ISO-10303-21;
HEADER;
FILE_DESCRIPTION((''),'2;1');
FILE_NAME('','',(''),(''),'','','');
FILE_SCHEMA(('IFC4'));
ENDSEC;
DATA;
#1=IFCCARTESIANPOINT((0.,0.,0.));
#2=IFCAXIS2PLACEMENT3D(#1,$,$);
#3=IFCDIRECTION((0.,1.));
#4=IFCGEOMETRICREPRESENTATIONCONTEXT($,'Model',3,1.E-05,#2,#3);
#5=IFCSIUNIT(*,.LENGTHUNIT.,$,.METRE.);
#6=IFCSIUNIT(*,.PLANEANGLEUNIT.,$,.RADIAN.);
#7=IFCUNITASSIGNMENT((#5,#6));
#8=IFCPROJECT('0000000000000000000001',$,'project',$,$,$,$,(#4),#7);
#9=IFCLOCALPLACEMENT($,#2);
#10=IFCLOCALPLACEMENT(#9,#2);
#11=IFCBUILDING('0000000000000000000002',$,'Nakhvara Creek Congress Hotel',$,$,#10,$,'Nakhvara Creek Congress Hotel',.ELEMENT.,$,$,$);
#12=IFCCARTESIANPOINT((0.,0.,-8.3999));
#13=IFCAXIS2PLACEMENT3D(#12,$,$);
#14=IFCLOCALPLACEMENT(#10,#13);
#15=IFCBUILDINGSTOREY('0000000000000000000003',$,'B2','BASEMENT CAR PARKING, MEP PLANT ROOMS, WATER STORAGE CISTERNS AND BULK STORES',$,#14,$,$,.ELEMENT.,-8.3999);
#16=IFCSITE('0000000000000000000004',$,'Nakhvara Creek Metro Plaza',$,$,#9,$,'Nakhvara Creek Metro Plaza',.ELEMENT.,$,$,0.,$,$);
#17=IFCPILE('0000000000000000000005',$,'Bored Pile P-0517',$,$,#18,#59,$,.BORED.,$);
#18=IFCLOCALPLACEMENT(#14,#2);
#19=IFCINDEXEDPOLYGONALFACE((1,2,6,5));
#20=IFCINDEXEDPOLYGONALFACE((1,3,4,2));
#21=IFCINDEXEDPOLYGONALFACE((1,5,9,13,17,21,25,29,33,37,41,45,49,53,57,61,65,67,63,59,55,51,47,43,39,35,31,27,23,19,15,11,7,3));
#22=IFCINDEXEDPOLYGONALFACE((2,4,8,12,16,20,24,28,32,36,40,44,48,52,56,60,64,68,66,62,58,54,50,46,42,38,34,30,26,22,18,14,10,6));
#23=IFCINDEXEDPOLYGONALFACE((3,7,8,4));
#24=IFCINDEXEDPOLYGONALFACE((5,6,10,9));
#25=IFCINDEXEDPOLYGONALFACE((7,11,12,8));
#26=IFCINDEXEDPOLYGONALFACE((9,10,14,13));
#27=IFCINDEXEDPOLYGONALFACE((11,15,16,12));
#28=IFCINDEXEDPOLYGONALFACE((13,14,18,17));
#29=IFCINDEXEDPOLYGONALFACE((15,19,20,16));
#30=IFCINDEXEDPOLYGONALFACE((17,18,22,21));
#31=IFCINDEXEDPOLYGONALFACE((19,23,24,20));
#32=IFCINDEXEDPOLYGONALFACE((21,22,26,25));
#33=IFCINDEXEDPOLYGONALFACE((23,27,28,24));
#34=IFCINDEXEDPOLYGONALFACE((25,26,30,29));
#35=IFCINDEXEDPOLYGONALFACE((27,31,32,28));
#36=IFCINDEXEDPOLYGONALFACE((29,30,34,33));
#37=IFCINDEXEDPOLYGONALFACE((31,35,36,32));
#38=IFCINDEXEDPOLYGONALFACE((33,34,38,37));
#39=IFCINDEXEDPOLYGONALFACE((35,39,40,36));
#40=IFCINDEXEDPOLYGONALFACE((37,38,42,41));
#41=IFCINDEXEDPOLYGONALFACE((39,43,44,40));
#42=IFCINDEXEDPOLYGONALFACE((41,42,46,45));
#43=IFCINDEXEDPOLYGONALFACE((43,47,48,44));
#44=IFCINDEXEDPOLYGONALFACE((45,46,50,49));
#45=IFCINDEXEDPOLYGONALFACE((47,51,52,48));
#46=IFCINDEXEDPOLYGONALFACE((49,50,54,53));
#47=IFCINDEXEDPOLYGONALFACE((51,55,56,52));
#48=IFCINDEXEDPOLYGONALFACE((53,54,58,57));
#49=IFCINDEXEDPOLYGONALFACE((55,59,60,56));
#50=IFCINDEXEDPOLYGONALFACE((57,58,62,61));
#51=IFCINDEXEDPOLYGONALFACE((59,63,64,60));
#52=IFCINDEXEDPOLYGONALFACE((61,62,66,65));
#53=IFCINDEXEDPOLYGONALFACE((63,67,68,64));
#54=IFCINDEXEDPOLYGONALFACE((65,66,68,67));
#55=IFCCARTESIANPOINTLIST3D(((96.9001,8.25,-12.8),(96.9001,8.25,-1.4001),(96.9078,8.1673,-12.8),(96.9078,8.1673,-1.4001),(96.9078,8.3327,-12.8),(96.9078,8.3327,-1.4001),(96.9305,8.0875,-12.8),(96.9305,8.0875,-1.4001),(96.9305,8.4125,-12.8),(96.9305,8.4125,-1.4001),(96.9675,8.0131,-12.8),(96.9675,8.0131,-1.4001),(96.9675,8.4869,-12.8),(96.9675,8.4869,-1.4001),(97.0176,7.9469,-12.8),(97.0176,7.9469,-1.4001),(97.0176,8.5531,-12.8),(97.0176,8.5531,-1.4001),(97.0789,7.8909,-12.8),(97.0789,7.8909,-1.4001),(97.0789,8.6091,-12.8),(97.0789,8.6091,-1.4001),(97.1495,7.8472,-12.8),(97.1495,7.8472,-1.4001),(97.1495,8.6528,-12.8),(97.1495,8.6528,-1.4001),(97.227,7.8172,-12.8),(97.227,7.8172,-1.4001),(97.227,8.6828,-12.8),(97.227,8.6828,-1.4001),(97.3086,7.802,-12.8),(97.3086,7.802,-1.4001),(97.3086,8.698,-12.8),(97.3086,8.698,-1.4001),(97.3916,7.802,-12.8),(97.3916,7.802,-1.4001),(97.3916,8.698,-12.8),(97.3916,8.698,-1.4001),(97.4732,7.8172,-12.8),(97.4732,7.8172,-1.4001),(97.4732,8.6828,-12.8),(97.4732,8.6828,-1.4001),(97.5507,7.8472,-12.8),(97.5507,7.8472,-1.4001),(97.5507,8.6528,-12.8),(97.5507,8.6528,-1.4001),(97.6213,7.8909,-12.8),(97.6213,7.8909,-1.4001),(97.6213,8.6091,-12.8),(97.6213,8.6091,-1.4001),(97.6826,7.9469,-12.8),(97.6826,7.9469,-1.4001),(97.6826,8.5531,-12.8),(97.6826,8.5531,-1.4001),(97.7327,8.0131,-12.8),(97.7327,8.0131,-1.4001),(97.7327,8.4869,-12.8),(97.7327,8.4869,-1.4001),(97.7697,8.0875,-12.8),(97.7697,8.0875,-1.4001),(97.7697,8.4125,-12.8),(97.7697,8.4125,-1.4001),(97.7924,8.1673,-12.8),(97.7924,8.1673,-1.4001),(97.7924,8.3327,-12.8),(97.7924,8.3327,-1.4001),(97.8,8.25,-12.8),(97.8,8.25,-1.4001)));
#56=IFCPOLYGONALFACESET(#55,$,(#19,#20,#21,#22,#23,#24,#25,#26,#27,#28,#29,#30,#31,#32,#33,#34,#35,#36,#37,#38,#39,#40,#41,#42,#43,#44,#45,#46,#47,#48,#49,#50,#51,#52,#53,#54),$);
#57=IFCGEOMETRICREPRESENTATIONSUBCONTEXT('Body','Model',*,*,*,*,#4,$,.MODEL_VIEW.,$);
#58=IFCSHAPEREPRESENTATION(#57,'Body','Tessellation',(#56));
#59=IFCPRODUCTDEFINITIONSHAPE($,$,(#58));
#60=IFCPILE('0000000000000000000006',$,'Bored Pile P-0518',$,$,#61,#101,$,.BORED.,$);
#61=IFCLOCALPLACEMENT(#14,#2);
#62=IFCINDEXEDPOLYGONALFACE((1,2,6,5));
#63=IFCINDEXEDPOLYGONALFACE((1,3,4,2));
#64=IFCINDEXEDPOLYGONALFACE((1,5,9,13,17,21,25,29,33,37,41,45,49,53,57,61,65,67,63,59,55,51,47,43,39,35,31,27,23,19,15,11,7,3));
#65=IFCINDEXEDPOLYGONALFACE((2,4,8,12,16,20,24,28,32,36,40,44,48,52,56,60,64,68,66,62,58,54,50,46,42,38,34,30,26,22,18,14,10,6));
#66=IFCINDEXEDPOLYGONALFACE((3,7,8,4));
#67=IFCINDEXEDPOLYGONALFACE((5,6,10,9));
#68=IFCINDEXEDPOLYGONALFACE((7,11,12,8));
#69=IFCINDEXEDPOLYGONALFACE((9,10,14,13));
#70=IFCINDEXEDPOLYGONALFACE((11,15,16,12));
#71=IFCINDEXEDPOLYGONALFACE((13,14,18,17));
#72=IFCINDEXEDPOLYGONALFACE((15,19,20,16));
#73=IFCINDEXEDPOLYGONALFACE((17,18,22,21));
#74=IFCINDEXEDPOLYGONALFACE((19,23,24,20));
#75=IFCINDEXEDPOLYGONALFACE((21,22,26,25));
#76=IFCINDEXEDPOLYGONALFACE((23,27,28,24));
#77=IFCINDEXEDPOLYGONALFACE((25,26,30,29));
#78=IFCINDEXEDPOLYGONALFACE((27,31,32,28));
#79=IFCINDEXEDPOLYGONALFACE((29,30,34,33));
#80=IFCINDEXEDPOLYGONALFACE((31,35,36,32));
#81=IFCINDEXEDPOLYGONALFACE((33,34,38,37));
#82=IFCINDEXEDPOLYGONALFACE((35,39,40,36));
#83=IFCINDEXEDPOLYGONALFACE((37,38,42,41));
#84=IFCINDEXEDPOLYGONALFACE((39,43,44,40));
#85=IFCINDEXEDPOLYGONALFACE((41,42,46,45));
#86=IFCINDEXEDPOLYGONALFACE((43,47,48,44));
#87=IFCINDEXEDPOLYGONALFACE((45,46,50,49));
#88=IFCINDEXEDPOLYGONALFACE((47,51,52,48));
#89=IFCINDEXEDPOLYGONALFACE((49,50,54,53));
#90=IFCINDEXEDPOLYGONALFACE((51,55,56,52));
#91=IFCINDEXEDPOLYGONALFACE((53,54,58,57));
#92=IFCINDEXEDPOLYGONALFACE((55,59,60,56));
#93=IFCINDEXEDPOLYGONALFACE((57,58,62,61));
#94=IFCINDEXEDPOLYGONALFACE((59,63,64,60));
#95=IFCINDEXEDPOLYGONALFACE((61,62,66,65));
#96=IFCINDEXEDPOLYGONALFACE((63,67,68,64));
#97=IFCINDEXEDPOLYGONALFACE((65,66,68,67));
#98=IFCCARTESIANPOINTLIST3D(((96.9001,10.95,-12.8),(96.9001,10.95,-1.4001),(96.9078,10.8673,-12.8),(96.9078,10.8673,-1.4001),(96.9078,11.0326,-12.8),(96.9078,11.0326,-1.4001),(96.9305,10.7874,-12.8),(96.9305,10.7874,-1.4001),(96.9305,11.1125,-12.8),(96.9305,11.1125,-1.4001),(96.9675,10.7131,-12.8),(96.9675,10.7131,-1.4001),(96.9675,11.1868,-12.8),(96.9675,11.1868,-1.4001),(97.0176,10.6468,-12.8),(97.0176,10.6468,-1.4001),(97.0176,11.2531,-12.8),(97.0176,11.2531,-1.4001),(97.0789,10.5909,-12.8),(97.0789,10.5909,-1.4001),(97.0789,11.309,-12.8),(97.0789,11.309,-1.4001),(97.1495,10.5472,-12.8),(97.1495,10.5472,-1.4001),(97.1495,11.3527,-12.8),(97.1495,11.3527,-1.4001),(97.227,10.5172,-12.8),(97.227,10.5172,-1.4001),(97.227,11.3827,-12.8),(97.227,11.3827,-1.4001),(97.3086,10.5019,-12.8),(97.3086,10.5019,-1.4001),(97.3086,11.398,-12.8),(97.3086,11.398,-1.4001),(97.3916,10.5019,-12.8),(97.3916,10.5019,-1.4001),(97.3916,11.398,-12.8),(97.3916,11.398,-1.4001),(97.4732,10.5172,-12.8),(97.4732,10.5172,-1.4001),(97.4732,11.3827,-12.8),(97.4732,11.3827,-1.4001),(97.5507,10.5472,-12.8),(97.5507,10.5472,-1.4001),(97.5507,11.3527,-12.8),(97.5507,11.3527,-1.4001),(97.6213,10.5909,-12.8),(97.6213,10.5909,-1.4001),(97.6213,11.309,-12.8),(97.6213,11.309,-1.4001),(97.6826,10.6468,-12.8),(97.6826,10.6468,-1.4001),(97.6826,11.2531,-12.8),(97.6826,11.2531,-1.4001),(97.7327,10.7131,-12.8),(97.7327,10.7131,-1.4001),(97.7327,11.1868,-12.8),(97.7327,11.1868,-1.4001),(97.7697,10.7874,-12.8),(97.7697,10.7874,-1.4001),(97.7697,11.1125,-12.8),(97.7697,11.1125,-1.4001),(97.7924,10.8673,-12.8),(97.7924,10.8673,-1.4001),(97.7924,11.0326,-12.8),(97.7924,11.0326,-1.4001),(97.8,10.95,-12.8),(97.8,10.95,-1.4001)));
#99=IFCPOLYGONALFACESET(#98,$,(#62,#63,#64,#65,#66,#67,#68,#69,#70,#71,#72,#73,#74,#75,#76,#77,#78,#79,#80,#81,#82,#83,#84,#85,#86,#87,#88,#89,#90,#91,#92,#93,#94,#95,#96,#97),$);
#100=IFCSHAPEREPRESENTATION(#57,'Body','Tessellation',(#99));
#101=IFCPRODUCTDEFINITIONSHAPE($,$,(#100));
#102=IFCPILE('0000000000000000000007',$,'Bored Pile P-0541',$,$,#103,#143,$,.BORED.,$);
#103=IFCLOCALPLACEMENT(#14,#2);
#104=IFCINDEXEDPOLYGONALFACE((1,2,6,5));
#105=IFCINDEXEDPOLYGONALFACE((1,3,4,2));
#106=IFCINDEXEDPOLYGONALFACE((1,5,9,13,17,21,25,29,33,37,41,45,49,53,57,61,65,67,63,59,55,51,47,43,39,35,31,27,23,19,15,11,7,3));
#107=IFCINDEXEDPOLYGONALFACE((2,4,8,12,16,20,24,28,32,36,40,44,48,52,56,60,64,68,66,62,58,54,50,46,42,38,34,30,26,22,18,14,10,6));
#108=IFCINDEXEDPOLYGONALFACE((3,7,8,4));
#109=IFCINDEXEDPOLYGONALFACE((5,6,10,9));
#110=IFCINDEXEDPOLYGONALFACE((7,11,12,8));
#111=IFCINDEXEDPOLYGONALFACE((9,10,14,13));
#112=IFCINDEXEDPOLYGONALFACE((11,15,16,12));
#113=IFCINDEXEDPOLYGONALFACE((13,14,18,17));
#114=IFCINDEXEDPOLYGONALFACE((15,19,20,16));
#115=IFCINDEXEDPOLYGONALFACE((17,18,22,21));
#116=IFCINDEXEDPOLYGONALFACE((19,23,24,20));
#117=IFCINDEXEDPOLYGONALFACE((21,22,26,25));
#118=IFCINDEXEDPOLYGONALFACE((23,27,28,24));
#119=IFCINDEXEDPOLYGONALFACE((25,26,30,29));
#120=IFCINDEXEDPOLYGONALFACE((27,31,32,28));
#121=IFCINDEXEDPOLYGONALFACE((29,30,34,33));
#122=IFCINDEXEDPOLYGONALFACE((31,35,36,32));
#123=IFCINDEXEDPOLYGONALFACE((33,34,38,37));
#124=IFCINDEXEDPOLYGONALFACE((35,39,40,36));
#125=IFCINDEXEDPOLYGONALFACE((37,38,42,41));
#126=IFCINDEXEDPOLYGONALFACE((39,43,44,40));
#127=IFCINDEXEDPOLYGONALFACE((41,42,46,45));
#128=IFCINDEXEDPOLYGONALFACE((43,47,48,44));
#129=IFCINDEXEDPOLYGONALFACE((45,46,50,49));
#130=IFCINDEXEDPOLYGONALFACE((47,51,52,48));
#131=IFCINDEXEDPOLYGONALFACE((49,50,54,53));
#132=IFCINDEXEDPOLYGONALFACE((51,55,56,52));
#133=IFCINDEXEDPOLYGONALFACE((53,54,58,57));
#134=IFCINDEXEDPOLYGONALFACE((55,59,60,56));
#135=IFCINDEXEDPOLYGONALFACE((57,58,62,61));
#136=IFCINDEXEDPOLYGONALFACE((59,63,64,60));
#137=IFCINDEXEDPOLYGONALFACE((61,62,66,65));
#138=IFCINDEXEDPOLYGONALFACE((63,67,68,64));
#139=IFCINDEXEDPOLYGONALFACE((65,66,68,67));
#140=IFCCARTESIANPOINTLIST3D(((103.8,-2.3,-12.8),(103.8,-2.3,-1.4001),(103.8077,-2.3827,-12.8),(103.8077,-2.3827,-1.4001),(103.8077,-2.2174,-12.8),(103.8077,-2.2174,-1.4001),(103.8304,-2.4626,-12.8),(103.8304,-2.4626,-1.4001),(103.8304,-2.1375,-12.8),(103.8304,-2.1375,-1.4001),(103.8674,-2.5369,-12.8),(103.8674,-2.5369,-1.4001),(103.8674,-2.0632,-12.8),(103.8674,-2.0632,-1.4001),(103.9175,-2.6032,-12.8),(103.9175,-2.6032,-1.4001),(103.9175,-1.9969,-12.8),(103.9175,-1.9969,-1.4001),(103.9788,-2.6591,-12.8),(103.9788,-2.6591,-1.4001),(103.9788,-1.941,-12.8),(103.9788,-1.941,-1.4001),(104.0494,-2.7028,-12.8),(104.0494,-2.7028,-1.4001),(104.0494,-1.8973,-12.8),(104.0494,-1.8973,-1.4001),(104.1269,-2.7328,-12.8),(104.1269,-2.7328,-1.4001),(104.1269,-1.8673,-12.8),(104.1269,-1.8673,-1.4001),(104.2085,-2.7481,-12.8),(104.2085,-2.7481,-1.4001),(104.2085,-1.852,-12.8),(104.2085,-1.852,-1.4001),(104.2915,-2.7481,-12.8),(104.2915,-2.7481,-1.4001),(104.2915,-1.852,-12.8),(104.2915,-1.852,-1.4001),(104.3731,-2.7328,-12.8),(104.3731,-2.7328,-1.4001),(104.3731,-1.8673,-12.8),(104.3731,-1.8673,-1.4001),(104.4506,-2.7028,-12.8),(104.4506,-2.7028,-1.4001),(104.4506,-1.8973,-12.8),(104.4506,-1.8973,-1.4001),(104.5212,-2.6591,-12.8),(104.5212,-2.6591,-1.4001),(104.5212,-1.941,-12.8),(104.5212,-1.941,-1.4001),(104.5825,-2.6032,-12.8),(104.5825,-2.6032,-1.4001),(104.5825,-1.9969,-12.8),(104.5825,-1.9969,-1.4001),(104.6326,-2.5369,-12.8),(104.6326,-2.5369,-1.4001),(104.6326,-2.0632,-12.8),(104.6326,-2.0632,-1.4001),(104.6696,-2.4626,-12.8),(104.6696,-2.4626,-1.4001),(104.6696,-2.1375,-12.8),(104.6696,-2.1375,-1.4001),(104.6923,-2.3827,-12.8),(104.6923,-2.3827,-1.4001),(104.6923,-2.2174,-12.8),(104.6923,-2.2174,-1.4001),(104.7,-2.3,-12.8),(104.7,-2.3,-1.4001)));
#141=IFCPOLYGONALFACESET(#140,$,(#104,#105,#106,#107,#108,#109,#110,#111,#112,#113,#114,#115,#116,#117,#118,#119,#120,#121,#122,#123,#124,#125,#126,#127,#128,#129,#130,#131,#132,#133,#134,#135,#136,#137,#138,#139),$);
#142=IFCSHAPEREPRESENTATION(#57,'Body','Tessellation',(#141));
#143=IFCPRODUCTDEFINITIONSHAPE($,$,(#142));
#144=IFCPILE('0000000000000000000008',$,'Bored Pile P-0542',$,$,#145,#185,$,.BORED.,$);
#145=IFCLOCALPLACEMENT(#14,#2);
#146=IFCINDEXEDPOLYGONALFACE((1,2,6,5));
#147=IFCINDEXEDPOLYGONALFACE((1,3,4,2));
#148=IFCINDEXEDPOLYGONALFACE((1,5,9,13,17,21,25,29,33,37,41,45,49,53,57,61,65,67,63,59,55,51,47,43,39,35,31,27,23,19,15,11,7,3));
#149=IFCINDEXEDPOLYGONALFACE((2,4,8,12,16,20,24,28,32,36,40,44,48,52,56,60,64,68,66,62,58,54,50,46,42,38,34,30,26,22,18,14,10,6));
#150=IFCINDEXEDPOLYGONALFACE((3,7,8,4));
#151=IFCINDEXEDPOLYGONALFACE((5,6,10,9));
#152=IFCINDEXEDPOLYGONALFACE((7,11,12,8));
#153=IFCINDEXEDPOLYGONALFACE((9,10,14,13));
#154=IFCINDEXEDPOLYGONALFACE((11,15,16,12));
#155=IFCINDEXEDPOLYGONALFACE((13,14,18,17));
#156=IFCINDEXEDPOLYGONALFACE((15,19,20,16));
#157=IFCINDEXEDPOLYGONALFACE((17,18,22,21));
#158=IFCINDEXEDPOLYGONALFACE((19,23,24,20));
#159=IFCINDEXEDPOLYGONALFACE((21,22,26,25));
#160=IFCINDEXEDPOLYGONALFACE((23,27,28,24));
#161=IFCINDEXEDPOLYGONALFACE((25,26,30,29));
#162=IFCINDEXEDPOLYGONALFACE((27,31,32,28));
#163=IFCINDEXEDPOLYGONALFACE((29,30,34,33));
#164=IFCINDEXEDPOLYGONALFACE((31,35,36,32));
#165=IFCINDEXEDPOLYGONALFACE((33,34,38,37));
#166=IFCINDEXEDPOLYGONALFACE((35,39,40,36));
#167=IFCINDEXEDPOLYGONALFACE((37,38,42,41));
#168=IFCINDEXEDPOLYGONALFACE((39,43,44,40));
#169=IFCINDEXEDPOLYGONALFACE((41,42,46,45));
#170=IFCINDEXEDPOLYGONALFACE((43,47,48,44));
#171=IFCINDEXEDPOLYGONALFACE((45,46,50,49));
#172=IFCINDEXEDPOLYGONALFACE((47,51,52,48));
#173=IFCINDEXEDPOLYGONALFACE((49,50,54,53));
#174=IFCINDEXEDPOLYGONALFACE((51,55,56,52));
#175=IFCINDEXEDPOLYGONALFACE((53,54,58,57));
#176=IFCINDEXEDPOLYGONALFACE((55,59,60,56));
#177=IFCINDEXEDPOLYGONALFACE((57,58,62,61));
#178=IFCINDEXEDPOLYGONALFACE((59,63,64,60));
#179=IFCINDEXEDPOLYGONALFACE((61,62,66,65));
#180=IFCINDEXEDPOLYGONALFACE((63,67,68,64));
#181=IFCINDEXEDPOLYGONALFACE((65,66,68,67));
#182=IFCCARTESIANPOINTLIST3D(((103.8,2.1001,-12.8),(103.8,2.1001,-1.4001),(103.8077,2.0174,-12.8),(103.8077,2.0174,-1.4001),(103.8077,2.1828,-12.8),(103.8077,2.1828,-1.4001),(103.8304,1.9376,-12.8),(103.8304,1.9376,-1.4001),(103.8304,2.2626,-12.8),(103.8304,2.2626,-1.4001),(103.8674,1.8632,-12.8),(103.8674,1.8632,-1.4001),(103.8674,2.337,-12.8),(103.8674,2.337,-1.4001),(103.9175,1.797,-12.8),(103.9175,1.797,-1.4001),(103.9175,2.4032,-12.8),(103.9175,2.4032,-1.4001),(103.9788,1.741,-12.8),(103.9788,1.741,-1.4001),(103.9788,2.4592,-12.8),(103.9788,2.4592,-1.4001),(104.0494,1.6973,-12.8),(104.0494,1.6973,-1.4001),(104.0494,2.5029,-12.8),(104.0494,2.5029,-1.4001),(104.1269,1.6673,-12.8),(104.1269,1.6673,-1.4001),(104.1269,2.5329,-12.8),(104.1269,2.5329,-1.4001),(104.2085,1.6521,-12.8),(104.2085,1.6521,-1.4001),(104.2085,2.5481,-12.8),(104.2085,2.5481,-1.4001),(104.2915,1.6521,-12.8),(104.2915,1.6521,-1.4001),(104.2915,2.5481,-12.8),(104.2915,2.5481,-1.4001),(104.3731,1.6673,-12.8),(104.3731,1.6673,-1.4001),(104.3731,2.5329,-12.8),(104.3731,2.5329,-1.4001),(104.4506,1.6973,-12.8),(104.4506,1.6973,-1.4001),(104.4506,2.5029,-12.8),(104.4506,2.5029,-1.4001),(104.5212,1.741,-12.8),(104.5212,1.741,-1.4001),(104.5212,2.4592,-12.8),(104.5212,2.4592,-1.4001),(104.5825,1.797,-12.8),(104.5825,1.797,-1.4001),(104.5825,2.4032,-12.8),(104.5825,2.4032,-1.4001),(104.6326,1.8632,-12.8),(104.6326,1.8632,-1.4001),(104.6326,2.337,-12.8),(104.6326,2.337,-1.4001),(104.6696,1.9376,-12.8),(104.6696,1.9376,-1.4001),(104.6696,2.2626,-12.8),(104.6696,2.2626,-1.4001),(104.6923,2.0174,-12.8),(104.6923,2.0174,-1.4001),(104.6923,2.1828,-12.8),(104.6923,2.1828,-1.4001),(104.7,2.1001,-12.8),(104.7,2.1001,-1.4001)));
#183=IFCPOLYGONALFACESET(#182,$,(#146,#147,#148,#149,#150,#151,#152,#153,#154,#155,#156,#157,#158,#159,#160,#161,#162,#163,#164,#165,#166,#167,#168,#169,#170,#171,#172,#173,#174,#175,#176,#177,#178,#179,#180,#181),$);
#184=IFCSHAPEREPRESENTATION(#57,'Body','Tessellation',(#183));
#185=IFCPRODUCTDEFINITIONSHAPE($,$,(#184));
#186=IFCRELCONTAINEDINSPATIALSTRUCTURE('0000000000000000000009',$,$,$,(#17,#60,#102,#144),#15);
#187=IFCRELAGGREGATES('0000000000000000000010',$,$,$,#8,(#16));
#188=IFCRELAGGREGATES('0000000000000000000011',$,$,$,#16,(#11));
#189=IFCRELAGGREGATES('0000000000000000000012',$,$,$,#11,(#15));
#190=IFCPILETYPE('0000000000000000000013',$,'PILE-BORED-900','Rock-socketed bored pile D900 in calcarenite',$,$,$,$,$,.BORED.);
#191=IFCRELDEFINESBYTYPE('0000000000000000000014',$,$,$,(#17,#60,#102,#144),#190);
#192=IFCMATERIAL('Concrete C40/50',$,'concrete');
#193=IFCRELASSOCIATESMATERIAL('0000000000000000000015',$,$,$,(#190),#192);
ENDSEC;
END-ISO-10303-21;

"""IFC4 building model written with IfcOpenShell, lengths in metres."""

from ifc_helpers import new_model, si_unit, direction, frame, origin, origin_2d, place, context, subcontext, project, spatial, circle, extrude, material, material_profile, profile_set, type_object, element, save


model = new_model("IFC4")

# Units and contexts
model_context = context("Model", 3, precision=1e-05, world=origin(), true_north=direction((0.0, 1.0)))
body_context = subcontext(model_context, "Body", "Model", "MODEL_VIEW")
ifc_project = project(units=[si_unit("LENGTHUNIT", "METRE"), si_unit("PLANEANGLEUNIT", "RADIAN")], contexts=[model_context])

# Site, building, storey
site_placement = place(None, origin())
site = spatial("IfcSite", under=ifc_project, at=site_placement, Name="Nakhvara Creek Metro Plaza", LongName="Nakhvara Creek Metro Plaza", CompositionType="ELEMENT", RefElevation=0.0)
building_placement = place(site_placement, origin())
building = spatial("IfcBuilding", under=site, at=building_placement, Name="Nakhvara Creek Congress Hotel", LongName="Nakhvara Creek Congress Hotel", CompositionType="ELEMENT")
storey_placement = place(building_placement, frame((0.0, 0.0, -8.3999)))
storey = spatial("IfcBuildingStorey", under=building, at=storey_placement, Name="B2", Description="BASEMENT CAR PARKING, MEP PLANT ROOMS, WATER STORAGE CISTERNS AND BULK STORES", CompositionType="ELEMENT", Elevation=-8.3999)

# Shared definitions
ifc_material_1 = material(Name="Concrete C40/50", Category="concrete")

# Piles
ifc_material_profile_1 = material_profile(ifc_material_1, circle(Radius=0.45, at=origin_2d()), Name="BORED PILE D900", Category="LoadBearing")
ifc_profile_set_1 = profile_set([ifc_material_profile_1], Name="Concrete C40/50")
pile_type = type_object("IfcPileType", Name="PILE-BORED-900", Description="Rock-socketed bored pile D900 in calcarenite", PredefinedType="BORED", material=ifc_profile_set_1)
for number, where, z_axis, x_axis, name in (
    (1, (97.3501, 8.25, -1.4001), (0.0, 0.0, -1.0), (1.0, 0.0, 0.0), "Bored Pile P-0517"),
    (2, (97.3501, 10.95, -1.4001), (0.0, 0.0, -1.0), (1.0, 0.0, 0.0), "Bored Pile P-0518"),
    (3, (104.25, -2.3, -1.4001), (0.0, 0.0, -1.0), (1.0, 0.0, 0.0), "Bored Pile P-0541"),
    (4, (104.25, 2.1001, -1.4001), (0.0, 0.0, -1.0), (1.0, 0.0, 0.0), "Bored Pile P-0542"),
):
    element("IfcPile", number, at=place(storey_placement, frame(where, z_axis=z_axis, x_axis=x_axis)), inside=storey, type_object=pile_type, Name=name, PredefinedType="BORED", context=body_context, shape_type="SweptSolid", body=[
        extrude(circle(Radius=0.45, at=origin_2d()), origin(), (0.0, 0.0, 1.0), 11.3999),
    ])

save(model, "model.ifc")
